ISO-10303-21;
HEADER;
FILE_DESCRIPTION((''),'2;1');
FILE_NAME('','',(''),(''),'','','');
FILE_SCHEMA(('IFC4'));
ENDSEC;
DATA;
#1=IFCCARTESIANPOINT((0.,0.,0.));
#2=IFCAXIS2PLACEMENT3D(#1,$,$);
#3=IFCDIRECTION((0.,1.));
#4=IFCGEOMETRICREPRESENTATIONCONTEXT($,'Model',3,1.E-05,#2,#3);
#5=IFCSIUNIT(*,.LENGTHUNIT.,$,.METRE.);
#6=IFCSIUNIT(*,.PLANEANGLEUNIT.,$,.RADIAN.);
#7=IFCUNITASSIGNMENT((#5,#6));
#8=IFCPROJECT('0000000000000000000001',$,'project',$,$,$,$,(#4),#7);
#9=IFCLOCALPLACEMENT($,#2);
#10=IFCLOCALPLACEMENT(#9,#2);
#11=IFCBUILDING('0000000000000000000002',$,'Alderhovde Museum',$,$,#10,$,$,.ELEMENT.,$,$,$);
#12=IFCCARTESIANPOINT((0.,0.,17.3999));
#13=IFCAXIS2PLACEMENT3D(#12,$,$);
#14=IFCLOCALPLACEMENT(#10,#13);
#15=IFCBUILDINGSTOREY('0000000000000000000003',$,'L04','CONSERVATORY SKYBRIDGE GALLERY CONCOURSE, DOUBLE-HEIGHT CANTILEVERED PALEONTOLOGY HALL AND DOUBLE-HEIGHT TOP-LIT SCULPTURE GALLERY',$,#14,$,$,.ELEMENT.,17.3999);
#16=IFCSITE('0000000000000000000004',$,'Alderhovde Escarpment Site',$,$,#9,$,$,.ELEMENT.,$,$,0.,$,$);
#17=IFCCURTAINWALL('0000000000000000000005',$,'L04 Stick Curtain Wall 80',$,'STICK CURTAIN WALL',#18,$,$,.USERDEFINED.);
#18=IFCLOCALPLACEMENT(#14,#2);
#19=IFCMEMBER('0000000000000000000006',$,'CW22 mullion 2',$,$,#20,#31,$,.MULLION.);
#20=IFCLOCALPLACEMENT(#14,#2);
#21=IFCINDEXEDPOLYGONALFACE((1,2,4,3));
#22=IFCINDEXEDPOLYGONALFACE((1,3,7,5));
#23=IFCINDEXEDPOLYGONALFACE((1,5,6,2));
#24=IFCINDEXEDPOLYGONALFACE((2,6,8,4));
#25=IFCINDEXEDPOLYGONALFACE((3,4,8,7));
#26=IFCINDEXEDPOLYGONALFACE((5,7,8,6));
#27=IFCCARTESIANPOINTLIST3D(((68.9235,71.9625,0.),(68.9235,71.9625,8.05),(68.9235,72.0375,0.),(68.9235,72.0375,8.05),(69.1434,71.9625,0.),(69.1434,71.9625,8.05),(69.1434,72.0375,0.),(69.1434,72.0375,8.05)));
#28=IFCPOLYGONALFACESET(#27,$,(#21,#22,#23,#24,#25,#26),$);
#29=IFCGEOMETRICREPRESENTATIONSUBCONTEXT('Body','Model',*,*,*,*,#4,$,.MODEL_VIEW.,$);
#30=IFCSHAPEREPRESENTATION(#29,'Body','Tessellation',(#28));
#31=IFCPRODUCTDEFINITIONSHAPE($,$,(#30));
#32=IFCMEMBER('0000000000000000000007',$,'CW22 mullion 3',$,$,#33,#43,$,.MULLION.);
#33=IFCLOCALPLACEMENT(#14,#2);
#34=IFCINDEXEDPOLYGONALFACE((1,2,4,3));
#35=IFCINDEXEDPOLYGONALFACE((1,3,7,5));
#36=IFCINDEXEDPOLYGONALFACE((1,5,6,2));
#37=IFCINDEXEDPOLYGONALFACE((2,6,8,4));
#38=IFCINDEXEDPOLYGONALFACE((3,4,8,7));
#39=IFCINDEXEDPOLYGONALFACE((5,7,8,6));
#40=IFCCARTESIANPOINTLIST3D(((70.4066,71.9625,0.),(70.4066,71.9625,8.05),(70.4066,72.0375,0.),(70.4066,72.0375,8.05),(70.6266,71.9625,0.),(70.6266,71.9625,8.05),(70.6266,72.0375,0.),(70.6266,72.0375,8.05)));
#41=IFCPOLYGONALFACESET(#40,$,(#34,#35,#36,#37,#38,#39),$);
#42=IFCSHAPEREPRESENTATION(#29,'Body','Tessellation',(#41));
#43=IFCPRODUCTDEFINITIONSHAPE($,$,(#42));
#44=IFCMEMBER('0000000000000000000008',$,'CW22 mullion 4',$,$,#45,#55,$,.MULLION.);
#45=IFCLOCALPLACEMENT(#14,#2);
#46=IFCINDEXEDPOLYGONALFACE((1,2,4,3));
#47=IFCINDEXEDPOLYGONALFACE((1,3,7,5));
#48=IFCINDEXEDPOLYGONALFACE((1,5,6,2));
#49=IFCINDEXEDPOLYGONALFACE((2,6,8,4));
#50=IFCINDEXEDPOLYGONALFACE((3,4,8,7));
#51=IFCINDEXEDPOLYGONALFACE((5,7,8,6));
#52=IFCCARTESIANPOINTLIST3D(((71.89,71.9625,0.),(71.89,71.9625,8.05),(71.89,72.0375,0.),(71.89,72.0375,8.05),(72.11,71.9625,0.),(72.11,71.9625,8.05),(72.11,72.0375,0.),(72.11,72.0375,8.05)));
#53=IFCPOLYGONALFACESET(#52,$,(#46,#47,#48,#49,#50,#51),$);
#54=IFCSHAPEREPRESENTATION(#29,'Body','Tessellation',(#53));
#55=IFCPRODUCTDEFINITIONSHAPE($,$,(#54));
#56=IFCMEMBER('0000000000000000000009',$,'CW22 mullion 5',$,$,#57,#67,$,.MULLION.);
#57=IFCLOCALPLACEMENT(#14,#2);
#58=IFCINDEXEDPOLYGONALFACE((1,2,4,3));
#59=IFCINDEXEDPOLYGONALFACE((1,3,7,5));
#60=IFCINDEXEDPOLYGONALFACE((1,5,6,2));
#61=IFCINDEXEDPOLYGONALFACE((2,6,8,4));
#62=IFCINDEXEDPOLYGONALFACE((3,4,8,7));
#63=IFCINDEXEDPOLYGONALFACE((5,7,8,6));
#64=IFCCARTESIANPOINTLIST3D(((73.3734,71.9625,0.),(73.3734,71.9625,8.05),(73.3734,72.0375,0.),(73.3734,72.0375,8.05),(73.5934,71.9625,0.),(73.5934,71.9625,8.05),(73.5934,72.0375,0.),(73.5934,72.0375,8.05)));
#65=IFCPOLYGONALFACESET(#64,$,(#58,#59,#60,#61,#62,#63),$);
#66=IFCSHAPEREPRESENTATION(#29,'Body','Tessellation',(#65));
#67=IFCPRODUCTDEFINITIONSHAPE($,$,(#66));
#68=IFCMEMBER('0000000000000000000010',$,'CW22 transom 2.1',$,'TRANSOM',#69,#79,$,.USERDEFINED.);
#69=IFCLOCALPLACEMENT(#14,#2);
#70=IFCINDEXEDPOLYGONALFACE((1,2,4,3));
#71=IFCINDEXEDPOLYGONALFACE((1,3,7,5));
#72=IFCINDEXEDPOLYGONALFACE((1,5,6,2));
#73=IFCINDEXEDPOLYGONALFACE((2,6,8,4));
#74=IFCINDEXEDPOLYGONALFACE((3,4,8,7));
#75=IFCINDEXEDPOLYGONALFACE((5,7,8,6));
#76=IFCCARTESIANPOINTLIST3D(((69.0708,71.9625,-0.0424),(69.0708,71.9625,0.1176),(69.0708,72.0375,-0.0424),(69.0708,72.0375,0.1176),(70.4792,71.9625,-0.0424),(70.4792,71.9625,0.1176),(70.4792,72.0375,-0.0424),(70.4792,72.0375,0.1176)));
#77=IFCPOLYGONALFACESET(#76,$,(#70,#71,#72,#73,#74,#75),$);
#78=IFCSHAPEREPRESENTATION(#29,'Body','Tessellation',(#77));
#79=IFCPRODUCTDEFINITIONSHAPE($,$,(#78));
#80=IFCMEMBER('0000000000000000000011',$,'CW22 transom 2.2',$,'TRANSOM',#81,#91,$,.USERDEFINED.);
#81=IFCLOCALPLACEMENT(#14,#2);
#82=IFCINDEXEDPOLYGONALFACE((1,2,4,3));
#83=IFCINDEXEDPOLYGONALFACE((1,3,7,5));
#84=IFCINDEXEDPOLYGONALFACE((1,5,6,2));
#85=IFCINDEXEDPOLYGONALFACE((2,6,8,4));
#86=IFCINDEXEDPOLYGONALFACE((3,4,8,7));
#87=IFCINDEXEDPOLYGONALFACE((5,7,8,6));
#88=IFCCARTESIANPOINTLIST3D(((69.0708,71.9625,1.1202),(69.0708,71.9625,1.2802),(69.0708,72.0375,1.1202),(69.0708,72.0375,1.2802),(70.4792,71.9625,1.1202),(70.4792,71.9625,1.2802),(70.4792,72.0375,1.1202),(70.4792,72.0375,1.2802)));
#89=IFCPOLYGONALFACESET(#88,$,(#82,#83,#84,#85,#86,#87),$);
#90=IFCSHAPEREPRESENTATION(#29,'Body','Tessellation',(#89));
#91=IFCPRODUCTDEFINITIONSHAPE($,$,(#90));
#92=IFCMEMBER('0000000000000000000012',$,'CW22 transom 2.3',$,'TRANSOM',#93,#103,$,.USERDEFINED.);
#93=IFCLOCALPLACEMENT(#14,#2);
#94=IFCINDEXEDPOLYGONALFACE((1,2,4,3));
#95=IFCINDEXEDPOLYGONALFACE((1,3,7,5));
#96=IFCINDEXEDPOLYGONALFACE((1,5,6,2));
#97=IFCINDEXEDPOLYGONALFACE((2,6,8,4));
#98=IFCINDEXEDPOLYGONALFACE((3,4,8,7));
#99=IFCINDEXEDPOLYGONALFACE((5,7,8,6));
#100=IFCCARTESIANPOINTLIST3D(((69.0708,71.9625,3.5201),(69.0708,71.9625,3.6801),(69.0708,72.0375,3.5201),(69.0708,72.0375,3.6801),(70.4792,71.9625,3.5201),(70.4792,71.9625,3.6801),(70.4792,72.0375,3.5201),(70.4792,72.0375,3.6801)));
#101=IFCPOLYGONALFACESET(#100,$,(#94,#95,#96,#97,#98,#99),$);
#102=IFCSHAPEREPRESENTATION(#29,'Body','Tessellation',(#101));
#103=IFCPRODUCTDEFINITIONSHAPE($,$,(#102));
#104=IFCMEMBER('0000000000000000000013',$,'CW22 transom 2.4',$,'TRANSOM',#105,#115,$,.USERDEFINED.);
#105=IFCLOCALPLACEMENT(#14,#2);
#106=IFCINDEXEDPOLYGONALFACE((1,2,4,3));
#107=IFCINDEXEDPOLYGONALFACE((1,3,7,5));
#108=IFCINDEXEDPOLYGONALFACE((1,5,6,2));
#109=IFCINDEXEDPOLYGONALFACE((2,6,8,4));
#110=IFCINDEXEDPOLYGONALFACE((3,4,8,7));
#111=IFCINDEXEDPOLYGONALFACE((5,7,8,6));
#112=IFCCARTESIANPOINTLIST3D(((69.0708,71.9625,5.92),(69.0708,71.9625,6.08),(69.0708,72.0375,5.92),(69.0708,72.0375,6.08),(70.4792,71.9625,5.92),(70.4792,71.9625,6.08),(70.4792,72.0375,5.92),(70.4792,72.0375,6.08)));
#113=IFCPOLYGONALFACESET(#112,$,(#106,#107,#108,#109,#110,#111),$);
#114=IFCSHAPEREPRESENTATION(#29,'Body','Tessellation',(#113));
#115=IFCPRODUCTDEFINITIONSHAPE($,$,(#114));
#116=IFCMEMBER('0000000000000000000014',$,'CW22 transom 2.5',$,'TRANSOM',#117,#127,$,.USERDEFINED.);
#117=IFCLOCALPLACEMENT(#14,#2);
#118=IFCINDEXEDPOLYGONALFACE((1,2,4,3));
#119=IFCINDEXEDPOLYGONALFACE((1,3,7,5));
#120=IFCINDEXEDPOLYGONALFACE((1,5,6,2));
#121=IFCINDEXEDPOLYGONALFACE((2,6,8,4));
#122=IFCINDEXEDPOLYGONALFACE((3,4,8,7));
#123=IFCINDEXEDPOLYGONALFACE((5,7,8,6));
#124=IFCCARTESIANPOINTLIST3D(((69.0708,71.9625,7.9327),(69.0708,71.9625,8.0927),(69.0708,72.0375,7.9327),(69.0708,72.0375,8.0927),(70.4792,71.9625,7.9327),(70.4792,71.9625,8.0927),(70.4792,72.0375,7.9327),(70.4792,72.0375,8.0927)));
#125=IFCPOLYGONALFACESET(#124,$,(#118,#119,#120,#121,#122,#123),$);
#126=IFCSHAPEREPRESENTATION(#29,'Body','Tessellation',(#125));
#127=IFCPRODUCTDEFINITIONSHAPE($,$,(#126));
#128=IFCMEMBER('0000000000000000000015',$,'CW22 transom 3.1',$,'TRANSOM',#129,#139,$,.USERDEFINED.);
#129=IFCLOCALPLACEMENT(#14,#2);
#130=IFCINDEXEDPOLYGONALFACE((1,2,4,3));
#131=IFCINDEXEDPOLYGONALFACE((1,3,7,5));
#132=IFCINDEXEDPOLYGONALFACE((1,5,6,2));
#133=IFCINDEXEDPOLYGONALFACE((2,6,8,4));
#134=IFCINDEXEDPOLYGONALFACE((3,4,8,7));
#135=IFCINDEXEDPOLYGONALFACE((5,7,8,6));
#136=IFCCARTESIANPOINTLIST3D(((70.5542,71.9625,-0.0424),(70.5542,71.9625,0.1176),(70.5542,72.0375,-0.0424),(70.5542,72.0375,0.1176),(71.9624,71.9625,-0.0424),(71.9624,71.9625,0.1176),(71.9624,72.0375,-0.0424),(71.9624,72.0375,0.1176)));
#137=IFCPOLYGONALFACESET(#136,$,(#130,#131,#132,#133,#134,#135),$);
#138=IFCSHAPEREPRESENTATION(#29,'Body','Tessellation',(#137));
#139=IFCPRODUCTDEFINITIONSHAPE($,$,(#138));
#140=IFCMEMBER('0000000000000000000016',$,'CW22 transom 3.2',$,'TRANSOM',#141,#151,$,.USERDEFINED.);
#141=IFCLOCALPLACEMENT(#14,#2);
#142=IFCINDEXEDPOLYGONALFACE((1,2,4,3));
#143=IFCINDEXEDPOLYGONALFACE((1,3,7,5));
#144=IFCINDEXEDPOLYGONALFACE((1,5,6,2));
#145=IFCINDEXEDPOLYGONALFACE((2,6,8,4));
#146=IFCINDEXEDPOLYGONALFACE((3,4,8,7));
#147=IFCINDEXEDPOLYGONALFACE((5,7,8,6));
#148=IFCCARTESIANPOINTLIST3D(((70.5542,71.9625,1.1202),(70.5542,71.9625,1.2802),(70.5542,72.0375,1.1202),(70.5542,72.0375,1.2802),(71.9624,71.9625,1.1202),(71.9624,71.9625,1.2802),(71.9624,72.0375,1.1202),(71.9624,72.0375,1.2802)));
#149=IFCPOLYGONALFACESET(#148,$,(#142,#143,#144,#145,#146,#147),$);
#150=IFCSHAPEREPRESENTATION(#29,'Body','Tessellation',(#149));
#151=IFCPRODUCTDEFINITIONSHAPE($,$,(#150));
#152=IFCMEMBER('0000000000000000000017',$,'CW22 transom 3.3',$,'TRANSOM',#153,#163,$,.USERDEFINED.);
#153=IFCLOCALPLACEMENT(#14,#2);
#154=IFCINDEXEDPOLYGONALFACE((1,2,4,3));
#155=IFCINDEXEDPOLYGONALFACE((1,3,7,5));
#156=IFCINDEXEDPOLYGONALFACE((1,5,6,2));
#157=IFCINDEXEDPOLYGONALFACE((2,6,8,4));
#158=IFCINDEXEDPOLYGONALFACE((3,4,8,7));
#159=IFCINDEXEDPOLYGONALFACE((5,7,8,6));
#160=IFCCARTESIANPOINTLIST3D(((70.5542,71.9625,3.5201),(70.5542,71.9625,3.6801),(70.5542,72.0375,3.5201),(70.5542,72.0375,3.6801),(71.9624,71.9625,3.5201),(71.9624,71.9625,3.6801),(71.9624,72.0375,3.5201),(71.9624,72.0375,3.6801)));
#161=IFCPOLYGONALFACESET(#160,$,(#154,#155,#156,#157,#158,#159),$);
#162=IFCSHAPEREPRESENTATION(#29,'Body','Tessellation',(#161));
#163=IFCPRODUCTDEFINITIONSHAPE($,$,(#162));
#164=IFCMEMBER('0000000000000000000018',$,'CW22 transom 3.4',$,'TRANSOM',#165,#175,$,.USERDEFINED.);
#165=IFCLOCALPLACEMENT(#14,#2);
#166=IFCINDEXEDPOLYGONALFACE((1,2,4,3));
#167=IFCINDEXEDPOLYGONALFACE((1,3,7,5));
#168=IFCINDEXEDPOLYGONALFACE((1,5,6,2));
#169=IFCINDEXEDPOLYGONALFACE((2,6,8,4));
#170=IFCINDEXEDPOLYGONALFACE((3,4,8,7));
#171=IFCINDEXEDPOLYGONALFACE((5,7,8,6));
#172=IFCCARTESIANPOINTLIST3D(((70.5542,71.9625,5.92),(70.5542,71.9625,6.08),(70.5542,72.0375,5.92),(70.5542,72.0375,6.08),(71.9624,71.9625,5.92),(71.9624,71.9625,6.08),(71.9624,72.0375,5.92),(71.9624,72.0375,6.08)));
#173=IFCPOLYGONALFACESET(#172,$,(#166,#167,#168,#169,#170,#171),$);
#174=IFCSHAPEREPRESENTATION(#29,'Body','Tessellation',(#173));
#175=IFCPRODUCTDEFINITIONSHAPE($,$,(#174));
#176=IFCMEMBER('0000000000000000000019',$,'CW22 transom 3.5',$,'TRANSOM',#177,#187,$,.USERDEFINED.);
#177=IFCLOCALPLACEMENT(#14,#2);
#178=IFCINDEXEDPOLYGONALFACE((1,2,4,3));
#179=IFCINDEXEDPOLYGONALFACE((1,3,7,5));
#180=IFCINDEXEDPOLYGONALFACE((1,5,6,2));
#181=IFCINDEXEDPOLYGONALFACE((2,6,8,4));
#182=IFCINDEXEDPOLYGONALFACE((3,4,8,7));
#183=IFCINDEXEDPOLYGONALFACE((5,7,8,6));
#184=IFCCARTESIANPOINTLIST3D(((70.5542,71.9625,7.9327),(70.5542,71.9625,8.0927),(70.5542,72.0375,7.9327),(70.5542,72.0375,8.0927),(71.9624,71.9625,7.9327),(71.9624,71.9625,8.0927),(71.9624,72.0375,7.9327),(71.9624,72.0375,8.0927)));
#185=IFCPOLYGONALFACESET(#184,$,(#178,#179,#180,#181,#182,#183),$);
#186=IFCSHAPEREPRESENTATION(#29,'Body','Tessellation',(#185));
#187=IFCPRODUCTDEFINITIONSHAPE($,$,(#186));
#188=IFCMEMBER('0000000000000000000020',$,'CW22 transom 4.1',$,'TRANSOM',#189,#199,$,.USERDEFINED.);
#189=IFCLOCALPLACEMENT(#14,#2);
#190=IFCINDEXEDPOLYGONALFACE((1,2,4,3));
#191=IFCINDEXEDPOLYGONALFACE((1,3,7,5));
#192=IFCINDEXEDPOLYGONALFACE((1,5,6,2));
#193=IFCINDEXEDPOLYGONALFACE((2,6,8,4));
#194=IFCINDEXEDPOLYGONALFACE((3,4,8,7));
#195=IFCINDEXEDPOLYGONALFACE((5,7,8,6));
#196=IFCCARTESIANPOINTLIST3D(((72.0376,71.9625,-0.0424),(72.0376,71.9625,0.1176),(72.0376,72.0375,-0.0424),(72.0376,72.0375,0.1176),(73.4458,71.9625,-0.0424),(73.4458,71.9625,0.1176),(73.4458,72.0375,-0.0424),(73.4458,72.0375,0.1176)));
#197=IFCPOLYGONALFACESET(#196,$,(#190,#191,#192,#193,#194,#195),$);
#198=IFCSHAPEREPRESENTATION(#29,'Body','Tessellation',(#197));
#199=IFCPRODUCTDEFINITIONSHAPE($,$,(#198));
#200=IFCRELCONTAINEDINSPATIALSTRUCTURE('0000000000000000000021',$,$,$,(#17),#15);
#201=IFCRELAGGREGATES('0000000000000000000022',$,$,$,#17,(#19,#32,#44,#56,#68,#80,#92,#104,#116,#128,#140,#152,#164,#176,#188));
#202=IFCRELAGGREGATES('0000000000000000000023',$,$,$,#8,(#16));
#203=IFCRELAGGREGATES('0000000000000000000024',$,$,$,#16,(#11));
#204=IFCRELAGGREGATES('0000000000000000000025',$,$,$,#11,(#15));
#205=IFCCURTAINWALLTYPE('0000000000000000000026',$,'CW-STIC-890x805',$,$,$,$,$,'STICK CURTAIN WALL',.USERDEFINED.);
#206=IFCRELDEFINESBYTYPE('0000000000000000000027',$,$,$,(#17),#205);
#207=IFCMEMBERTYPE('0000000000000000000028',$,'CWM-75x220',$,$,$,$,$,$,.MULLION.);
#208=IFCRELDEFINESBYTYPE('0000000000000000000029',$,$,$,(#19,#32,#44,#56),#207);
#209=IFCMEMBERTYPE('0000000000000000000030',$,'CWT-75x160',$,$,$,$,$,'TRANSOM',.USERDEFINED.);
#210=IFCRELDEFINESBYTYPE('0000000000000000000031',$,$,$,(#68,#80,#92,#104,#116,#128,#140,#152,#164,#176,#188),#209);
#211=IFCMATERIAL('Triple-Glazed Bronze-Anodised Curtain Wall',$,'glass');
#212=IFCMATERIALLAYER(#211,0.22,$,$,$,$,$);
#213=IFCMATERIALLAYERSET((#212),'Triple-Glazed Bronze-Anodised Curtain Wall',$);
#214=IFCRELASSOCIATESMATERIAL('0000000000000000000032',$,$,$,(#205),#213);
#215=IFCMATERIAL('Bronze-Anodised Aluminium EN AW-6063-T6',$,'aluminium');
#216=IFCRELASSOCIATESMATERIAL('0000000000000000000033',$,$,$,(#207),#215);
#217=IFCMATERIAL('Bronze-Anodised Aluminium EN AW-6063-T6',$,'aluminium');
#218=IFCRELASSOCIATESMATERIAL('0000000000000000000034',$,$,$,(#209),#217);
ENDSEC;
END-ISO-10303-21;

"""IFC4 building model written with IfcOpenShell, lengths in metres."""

from ifc_helpers import new_model, si_unit, direction, frame, origin, origin_2d, place, context, subcontext, project, spatial, rectangle, extrude, material, layer, layer_set, material_profile, profile_set, type_object, element, aggregate, save


model = new_model("IFC4")

# Units and contexts
model_context = context("Model", 3, precision=1e-05, world=origin(), true_north=direction((0.0, 1.0)))
body_context = subcontext(model_context, "Body", "Model", "MODEL_VIEW")
ifc_project = project(units=[si_unit("LENGTHUNIT", "METRE"), si_unit("PLANEANGLEUNIT", "RADIAN")], contexts=[model_context])

# Site, building, storey
site_placement = place(None, origin())
site = spatial("IfcSite", under=ifc_project, at=site_placement, Name="Alderhovde Escarpment Site", CompositionType="ELEMENT", RefElevation=0.0)
building_placement = place(site_placement, origin())
building = spatial("IfcBuilding", under=site, at=building_placement, Name="Alderhovde Museum", CompositionType="ELEMENT")
storey_placement = place(building_placement, frame((0.0, 0.0, 17.3999)))
storey = spatial("IfcBuildingStorey", under=building, at=storey_placement, Name="L04", Description="CONSERVATORY SKYBRIDGE GALLERY CONCOURSE, DOUBLE-HEIGHT CANTILEVERED PALEONTOLOGY HALL AND DOUBLE-HEIGHT TOP-LIT SCULPTURE GALLERY", CompositionType="ELEMENT", Elevation=17.3999)

# Curtain wall, members
ifc_material_1 = material(Name="Triple-Glazed Bronze-Anodised Curtain Wall", Category="glass")
ifc_layer_1 = layer(ifc_material_1, 0.22)
ifc_layer_set_1 = layer_set([ifc_layer_1], Name="Triple-Glazed Bronze-Anodised Curtain Wall")
curtain_wall_type = type_object("IfcCurtainWallType", Name="CW-STIC-890x805", ElementType="STICK CURTAIN WALL", PredefinedType="USERDEFINED", material=ifc_layer_set_1)
curtain_wall_placement = place(storey_placement, origin())
curtain_wall = element("IfcCurtainWall", 1, at=curtain_wall_placement, inside=storey, type_object=curtain_wall_type, Name="L04 Stick Curtain Wall 80", ObjectType="STICK CURTAIN WALL", PredefinedType="USERDEFINED")
ifc_material_2 = material(Name="Bronze-Anodised Aluminium EN AW-6063-T6", Category="aluminium")
ifc_material_profile_1 = material_profile(ifc_material_2, rectangle(XDim=0.075, YDim=0.22, at=origin_2d()), Name="MULLION 75x220")
ifc_profile_set_1 = profile_set([ifc_material_profile_1], Name="Bronze-Anodised Aluminium EN AW-6063-T6")
member_type_1 = type_object("IfcMemberType", Name="CWM-75x220", PredefinedType="MULLION", material=ifc_profile_set_1)
member_1_placement = place(storey_placement, frame((69.0334, 72.0, 0.0), z_axis=(0.0, 0.0, 1.0), x_axis=(0.0, 1.0, 0.0)))
member_1 = element("IfcMember", 2, at=member_1_placement, type_object=member_type_1, Name="CW22 mullion 2", PredefinedType="MULLION", context=body_context, shape_type="SweptSolid", body=[
    extrude(rectangle(XDim=0.075, YDim=0.22, at=origin_2d()), origin(), (0.0, 0.0, 1.0), 8.05),
])
member_2_placement = place(storey_placement, frame((70.5166, 72.0, 0.0), z_axis=(0.0, 0.0, 1.0), x_axis=(0.0, 1.0, 0.0)))
member_2 = element("IfcMember", 3, at=member_2_placement, type_object=member_type_1, Name="CW22 mullion 3", PredefinedType="MULLION", context=body_context, shape_type="SweptSolid", body=[
    extrude(rectangle(XDim=0.075, YDim=0.22, at=origin_2d()), origin(), (0.0, 0.0, 1.0), 8.05),
])
member_3_placement = place(storey_placement, frame((72.0, 72.0, 0.0), z_axis=(0.0, 0.0, 1.0), x_axis=(0.0, 1.0, 0.0)))
member_3 = element("IfcMember", 4, at=member_3_placement, type_object=member_type_1, Name="CW22 mullion 4", PredefinedType="MULLION", context=body_context, shape_type="SweptSolid", body=[
    extrude(rectangle(XDim=0.075, YDim=0.22, at=origin_2d()), origin(), (0.0, 0.0, 1.0), 8.05),
])
member_4_placement = place(storey_placement, frame((73.4834, 72.0, 0.0), z_axis=(0.0, 0.0, 1.0), x_axis=(0.0, 1.0, 0.0)))
member_4 = element("IfcMember", 5, at=member_4_placement, type_object=member_type_1, Name="CW22 mullion 5", PredefinedType="MULLION", context=body_context, shape_type="SweptSolid", body=[
    extrude(rectangle(XDim=0.075, YDim=0.22, at=origin_2d()), origin(), (0.0, 0.0, 1.0), 8.05),
])
ifc_material_3 = material(Name="Bronze-Anodised Aluminium EN AW-6063-T6", Category="aluminium")
ifc_material_profile_2 = material_profile(ifc_material_3, rectangle(XDim=0.075, YDim=0.1599, at=origin_2d()), Name="TRANSOM 75x160")
ifc_profile_set_2 = profile_set([ifc_material_profile_2], Name="Bronze-Anodised Aluminium EN AW-6063-T6")
member_type_2 = type_object("IfcMemberType", Name="CWT-75x160", ElementType="TRANSOM", PredefinedType="USERDEFINED", material=ifc_profile_set_2)
member_5_placement = place(storey_placement, frame((69.0708, 72.0, 0.0376), z_axis=(1.0, 0.0, 0.0), x_axis=(0.0, 1.0, 0.0)))
member_5 = element("IfcMember", 6, at=member_5_placement, type_object=member_type_2, Name="CW22 transom 2.1", ObjectType="TRANSOM", PredefinedType="USERDEFINED", context=body_context, shape_type="SweptSolid", body=[
    extrude(rectangle(XDim=0.075, YDim=0.1599, at=origin_2d()), origin(), (0.0, 0.0, 1.0), 1.4084),
])
member_6_placement = place(storey_placement, frame((69.0708, 72.0, 1.2002), z_axis=(1.0, 0.0, 0.0), x_axis=(0.0, 1.0, 0.0)))
member_6 = element("IfcMember", 7, at=member_6_placement, type_object=member_type_2, Name="CW22 transom 2.2", ObjectType="TRANSOM", PredefinedType="USERDEFINED", context=body_context, shape_type="SweptSolid", body=[
    extrude(rectangle(XDim=0.075, YDim=0.1599, at=origin_2d()), origin(), (0.0, 0.0, 1.0), 1.4084),
])
member_7_placement = place(storey_placement, frame((69.0708, 72.0, 3.6001), z_axis=(1.0, 0.0, 0.0), x_axis=(0.0, 1.0, 0.0)))
member_7 = element("IfcMember", 8, at=member_7_placement, type_object=member_type_2, Name="CW22 transom 2.3", ObjectType="TRANSOM", PredefinedType="USERDEFINED", context=body_context, shape_type="SweptSolid", body=[
    extrude(rectangle(XDim=0.075, YDim=0.1599, at=origin_2d()), origin(), (0.0, 0.0, 1.0), 1.4084),
])
member_8_placement = place(storey_placement, frame((69.0708, 72.0, 6.0), z_axis=(1.0, 0.0, 0.0), x_axis=(0.0, 1.0, 0.0)))
member_8 = element("IfcMember", 9, at=member_8_placement, type_object=member_type_2, Name="CW22 transom 2.4", ObjectType="TRANSOM", PredefinedType="USERDEFINED", context=body_context, shape_type="SweptSolid", body=[
    extrude(rectangle(XDim=0.075, YDim=0.1599, at=origin_2d()), origin(), (0.0, 0.0, 1.0), 1.4084),
])
member_9_placement = place(storey_placement, frame((69.0708, 72.0, 8.0127), z_axis=(1.0, 0.0, 0.0), x_axis=(0.0, 1.0, 0.0)))
member_9 = element("IfcMember", 10, at=member_9_placement, type_object=member_type_2, Name="CW22 transom 2.5", ObjectType="TRANSOM", PredefinedType="USERDEFINED", context=body_context, shape_type="SweptSolid", body=[
    extrude(rectangle(XDim=0.075, YDim=0.1599, at=origin_2d()), origin(), (0.0, 0.0, 1.0), 1.4084),
])
member_10_placement = place(storey_placement, frame((70.5542, 72.0, 0.0376), z_axis=(1.0, 0.0, 0.0), x_axis=(0.0, 1.0, 0.0)))
member_10 = element("IfcMember", 11, at=member_10_placement, type_object=member_type_2, Name="CW22 transom 3.1", ObjectType="TRANSOM", PredefinedType="USERDEFINED", context=body_context, shape_type="SweptSolid", body=[
    extrude(rectangle(XDim=0.075, YDim=0.1599, at=origin_2d()), origin(), (0.0, 0.0, 1.0), 1.4082),
])
member_11_placement = place(storey_placement, frame((70.5542, 72.0, 1.2002), z_axis=(1.0, 0.0, 0.0), x_axis=(0.0, 1.0, 0.0)))
member_11 = element("IfcMember", 12, at=member_11_placement, type_object=member_type_2, Name="CW22 transom 3.2", ObjectType="TRANSOM", PredefinedType="USERDEFINED", context=body_context, shape_type="SweptSolid", body=[
    extrude(rectangle(XDim=0.075, YDim=0.1599, at=origin_2d()), origin(), (0.0, 0.0, 1.0), 1.4082),
])
member_12_placement = place(storey_placement, frame((70.5542, 72.0, 3.6001), z_axis=(1.0, 0.0, 0.0), x_axis=(0.0, 1.0, 0.0)))
member_12 = element("IfcMember", 13, at=member_12_placement, type_object=member_type_2, Name="CW22 transom 3.3", ObjectType="TRANSOM", PredefinedType="USERDEFINED", context=body_context, shape_type="SweptSolid", body=[
    extrude(rectangle(XDim=0.075, YDim=0.1599, at=origin_2d()), origin(), (0.0, 0.0, 1.0), 1.4082),
])
member_13_placement = place(storey_placement, frame((70.5542, 72.0, 6.0), z_axis=(1.0, 0.0, 0.0), x_axis=(0.0, 1.0, 0.0)))
member_13 = element("IfcMember", 14, at=member_13_placement, type_object=member_type_2, Name="CW22 transom 3.4", ObjectType="TRANSOM", PredefinedType="USERDEFINED", context=body_context, shape_type="SweptSolid", body=[
    extrude(rectangle(XDim=0.075, YDim=0.1599, at=origin_2d()), origin(), (0.0, 0.0, 1.0), 1.4082),
])
member_14_placement = place(storey_placement, frame((70.5542, 72.0, 8.0127), z_axis=(1.0, 0.0, 0.0), x_axis=(0.0, 1.0, 0.0)))
member_14 = element("IfcMember", 15, at=member_14_placement, type_object=member_type_2, Name="CW22 transom 3.5", ObjectType="TRANSOM", PredefinedType="USERDEFINED", context=body_context, shape_type="SweptSolid", body=[
    extrude(rectangle(XDim=0.075, YDim=0.1599, at=origin_2d()), origin(), (0.0, 0.0, 1.0), 1.4082),
])
member_15_placement = place(storey_placement, frame((72.0376, 72.0, 0.0376), z_axis=(1.0, 0.0, 0.0), x_axis=(0.0, 1.0, 0.0)))
member_15 = element("IfcMember", 16, at=member_15_placement, type_object=member_type_2, Name="CW22 transom 4.1", ObjectType="TRANSOM", PredefinedType="USERDEFINED", context=body_context, shape_type="SweptSolid", body=[
    extrude(rectangle(XDim=0.075, YDim=0.1599, at=origin_2d()), origin(), (0.0, 0.0, 1.0), 1.4082),
])
aggregate(curtain_wall, [member_1, member_2, member_3, member_4, member_5, member_6, member_7, member_8, member_9, member_10, member_11, member_12, member_13, member_14, member_15])

save(model, "model.ifc")
